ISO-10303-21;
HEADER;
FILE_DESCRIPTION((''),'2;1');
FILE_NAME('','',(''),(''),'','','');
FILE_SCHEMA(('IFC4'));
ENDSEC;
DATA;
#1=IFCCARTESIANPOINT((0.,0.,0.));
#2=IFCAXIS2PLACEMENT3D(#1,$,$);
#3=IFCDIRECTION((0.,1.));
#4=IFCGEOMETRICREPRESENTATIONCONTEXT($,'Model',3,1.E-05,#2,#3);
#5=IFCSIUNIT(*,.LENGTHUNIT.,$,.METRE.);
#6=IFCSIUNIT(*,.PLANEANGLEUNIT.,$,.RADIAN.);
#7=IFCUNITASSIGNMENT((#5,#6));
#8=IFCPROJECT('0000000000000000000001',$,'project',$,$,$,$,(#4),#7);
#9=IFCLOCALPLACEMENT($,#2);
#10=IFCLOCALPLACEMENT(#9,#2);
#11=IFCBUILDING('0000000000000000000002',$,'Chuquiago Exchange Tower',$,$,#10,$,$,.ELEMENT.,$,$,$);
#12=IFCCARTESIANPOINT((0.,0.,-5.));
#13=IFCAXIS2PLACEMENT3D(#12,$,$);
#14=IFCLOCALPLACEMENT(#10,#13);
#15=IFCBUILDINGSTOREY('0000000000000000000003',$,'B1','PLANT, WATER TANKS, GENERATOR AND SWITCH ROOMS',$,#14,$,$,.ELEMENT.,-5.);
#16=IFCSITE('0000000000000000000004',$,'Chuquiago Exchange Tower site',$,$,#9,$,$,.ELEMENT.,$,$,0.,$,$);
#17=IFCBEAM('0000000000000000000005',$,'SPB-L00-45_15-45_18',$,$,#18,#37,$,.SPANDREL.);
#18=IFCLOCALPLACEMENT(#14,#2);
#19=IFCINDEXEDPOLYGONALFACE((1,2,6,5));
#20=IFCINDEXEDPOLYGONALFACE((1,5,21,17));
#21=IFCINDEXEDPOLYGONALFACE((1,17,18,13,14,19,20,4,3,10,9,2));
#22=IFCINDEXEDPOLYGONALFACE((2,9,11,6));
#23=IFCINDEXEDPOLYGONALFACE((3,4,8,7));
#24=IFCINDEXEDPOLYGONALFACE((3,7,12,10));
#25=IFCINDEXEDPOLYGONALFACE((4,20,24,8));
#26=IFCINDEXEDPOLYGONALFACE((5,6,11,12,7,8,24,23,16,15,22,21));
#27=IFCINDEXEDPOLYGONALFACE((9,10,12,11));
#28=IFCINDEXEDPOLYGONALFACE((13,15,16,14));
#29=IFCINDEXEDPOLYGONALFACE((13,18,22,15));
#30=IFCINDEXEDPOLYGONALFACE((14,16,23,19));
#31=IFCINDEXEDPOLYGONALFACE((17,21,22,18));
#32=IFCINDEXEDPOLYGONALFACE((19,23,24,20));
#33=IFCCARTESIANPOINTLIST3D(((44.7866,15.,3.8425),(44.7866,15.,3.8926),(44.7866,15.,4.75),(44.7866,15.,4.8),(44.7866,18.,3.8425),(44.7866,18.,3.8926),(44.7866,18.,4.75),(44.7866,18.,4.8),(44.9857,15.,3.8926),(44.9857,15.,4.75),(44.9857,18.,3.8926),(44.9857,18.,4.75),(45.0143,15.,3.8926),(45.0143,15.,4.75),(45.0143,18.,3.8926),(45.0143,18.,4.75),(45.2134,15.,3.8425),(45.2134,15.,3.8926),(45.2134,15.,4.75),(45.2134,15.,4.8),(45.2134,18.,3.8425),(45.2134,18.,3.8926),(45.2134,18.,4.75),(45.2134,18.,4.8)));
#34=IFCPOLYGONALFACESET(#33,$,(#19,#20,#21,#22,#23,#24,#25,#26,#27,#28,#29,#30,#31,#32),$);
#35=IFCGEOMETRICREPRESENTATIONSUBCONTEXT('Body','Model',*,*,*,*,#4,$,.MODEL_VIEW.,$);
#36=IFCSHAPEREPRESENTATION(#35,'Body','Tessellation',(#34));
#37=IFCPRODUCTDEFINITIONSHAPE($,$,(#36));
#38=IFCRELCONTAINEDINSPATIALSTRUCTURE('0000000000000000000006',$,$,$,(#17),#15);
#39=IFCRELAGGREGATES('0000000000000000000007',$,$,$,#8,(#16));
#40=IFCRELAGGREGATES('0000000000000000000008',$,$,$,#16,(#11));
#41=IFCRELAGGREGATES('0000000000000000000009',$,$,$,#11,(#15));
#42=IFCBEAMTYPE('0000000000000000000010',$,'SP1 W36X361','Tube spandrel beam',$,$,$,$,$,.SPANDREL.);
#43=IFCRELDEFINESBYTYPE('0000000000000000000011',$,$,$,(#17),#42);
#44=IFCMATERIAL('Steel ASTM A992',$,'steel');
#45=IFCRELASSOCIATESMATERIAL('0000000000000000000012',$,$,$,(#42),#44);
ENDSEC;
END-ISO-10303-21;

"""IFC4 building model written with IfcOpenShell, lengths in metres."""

from ifc_helpers import new_model, si_unit, direction, frame, origin, origin_2d, place, context, subcontext, project, spatial, i_section, extrude, material, material_profile, profile_set, type_object, element, save


model = new_model("IFC4")

# Units and contexts
model_context = context("Model", 3, precision=1e-05, world=origin(), true_north=direction((0.0, 1.0)))
body_context = subcontext(model_context, "Body", "Model", "MODEL_VIEW")
ifc_project = project(units=[si_unit("LENGTHUNIT", "METRE"), si_unit("PLANEANGLEUNIT", "RADIAN")], contexts=[model_context])

# Site, building, storey
site_placement = place(None, origin())
site = spatial("IfcSite", under=ifc_project, at=site_placement, Name="Chuquiago Exchange Tower site", CompositionType="ELEMENT", RefElevation=0.0)
building_placement = place(site_placement, origin())
building = spatial("IfcBuilding", under=site, at=building_placement, Name="Chuquiago Exchange Tower", CompositionType="ELEMENT")
storey_placement = place(building_placement, frame((0.0, 0.0, -5.0)))
storey = spatial("IfcBuildingStorey", under=building, at=storey_placement, Name="B1", Description="PLANT, WATER TANKS, GENERATOR AND SWITCH ROOMS", CompositionType="ELEMENT", Elevation=-5.0)

# Beam
ifc_material_1 = material(Name="Steel ASTM A992", Category="steel")
ifc_material_profile_1 = material_profile(ifc_material_1, i_section(OverallWidth=0.4268, OverallDepth=0.9575, WebThickness=0.0286, FlangeThickness=0.05, at=origin_2d()), Name="W36X361")
ifc_profile_set_1 = profile_set([ifc_material_profile_1], Name="Steel ASTM A992")
beam_type_1 = type_object("IfcBeamType", Name="SP1 W36X361", Description="Tube spandrel beam", PredefinedType="SPANDREL", material=ifc_profile_set_1)
for number, where, z_axis, x_axis, name in (
    (1, (45.0, 15.0, 4.3213), (0.0, 1.0, 0.0), (-1.0, 0.0, 0.0), "SPB-L00-45_15-45_18"),
):
    element("IfcBeam", number, at=place(storey_placement, frame(where, z_axis=z_axis, x_axis=x_axis)), inside=storey, type_object=beam_type_1, Name=name, PredefinedType="SPANDREL", context=body_context, shape_type="SweptSolid", body=[
        extrude(i_section(OverallWidth=0.4268, OverallDepth=0.9575, WebThickness=0.0286, FlangeThickness=0.05, at=origin_2d()), origin(), (0.0, 0.0, 1.0), 3.0),
    ])

save(model, "model.ifc")
